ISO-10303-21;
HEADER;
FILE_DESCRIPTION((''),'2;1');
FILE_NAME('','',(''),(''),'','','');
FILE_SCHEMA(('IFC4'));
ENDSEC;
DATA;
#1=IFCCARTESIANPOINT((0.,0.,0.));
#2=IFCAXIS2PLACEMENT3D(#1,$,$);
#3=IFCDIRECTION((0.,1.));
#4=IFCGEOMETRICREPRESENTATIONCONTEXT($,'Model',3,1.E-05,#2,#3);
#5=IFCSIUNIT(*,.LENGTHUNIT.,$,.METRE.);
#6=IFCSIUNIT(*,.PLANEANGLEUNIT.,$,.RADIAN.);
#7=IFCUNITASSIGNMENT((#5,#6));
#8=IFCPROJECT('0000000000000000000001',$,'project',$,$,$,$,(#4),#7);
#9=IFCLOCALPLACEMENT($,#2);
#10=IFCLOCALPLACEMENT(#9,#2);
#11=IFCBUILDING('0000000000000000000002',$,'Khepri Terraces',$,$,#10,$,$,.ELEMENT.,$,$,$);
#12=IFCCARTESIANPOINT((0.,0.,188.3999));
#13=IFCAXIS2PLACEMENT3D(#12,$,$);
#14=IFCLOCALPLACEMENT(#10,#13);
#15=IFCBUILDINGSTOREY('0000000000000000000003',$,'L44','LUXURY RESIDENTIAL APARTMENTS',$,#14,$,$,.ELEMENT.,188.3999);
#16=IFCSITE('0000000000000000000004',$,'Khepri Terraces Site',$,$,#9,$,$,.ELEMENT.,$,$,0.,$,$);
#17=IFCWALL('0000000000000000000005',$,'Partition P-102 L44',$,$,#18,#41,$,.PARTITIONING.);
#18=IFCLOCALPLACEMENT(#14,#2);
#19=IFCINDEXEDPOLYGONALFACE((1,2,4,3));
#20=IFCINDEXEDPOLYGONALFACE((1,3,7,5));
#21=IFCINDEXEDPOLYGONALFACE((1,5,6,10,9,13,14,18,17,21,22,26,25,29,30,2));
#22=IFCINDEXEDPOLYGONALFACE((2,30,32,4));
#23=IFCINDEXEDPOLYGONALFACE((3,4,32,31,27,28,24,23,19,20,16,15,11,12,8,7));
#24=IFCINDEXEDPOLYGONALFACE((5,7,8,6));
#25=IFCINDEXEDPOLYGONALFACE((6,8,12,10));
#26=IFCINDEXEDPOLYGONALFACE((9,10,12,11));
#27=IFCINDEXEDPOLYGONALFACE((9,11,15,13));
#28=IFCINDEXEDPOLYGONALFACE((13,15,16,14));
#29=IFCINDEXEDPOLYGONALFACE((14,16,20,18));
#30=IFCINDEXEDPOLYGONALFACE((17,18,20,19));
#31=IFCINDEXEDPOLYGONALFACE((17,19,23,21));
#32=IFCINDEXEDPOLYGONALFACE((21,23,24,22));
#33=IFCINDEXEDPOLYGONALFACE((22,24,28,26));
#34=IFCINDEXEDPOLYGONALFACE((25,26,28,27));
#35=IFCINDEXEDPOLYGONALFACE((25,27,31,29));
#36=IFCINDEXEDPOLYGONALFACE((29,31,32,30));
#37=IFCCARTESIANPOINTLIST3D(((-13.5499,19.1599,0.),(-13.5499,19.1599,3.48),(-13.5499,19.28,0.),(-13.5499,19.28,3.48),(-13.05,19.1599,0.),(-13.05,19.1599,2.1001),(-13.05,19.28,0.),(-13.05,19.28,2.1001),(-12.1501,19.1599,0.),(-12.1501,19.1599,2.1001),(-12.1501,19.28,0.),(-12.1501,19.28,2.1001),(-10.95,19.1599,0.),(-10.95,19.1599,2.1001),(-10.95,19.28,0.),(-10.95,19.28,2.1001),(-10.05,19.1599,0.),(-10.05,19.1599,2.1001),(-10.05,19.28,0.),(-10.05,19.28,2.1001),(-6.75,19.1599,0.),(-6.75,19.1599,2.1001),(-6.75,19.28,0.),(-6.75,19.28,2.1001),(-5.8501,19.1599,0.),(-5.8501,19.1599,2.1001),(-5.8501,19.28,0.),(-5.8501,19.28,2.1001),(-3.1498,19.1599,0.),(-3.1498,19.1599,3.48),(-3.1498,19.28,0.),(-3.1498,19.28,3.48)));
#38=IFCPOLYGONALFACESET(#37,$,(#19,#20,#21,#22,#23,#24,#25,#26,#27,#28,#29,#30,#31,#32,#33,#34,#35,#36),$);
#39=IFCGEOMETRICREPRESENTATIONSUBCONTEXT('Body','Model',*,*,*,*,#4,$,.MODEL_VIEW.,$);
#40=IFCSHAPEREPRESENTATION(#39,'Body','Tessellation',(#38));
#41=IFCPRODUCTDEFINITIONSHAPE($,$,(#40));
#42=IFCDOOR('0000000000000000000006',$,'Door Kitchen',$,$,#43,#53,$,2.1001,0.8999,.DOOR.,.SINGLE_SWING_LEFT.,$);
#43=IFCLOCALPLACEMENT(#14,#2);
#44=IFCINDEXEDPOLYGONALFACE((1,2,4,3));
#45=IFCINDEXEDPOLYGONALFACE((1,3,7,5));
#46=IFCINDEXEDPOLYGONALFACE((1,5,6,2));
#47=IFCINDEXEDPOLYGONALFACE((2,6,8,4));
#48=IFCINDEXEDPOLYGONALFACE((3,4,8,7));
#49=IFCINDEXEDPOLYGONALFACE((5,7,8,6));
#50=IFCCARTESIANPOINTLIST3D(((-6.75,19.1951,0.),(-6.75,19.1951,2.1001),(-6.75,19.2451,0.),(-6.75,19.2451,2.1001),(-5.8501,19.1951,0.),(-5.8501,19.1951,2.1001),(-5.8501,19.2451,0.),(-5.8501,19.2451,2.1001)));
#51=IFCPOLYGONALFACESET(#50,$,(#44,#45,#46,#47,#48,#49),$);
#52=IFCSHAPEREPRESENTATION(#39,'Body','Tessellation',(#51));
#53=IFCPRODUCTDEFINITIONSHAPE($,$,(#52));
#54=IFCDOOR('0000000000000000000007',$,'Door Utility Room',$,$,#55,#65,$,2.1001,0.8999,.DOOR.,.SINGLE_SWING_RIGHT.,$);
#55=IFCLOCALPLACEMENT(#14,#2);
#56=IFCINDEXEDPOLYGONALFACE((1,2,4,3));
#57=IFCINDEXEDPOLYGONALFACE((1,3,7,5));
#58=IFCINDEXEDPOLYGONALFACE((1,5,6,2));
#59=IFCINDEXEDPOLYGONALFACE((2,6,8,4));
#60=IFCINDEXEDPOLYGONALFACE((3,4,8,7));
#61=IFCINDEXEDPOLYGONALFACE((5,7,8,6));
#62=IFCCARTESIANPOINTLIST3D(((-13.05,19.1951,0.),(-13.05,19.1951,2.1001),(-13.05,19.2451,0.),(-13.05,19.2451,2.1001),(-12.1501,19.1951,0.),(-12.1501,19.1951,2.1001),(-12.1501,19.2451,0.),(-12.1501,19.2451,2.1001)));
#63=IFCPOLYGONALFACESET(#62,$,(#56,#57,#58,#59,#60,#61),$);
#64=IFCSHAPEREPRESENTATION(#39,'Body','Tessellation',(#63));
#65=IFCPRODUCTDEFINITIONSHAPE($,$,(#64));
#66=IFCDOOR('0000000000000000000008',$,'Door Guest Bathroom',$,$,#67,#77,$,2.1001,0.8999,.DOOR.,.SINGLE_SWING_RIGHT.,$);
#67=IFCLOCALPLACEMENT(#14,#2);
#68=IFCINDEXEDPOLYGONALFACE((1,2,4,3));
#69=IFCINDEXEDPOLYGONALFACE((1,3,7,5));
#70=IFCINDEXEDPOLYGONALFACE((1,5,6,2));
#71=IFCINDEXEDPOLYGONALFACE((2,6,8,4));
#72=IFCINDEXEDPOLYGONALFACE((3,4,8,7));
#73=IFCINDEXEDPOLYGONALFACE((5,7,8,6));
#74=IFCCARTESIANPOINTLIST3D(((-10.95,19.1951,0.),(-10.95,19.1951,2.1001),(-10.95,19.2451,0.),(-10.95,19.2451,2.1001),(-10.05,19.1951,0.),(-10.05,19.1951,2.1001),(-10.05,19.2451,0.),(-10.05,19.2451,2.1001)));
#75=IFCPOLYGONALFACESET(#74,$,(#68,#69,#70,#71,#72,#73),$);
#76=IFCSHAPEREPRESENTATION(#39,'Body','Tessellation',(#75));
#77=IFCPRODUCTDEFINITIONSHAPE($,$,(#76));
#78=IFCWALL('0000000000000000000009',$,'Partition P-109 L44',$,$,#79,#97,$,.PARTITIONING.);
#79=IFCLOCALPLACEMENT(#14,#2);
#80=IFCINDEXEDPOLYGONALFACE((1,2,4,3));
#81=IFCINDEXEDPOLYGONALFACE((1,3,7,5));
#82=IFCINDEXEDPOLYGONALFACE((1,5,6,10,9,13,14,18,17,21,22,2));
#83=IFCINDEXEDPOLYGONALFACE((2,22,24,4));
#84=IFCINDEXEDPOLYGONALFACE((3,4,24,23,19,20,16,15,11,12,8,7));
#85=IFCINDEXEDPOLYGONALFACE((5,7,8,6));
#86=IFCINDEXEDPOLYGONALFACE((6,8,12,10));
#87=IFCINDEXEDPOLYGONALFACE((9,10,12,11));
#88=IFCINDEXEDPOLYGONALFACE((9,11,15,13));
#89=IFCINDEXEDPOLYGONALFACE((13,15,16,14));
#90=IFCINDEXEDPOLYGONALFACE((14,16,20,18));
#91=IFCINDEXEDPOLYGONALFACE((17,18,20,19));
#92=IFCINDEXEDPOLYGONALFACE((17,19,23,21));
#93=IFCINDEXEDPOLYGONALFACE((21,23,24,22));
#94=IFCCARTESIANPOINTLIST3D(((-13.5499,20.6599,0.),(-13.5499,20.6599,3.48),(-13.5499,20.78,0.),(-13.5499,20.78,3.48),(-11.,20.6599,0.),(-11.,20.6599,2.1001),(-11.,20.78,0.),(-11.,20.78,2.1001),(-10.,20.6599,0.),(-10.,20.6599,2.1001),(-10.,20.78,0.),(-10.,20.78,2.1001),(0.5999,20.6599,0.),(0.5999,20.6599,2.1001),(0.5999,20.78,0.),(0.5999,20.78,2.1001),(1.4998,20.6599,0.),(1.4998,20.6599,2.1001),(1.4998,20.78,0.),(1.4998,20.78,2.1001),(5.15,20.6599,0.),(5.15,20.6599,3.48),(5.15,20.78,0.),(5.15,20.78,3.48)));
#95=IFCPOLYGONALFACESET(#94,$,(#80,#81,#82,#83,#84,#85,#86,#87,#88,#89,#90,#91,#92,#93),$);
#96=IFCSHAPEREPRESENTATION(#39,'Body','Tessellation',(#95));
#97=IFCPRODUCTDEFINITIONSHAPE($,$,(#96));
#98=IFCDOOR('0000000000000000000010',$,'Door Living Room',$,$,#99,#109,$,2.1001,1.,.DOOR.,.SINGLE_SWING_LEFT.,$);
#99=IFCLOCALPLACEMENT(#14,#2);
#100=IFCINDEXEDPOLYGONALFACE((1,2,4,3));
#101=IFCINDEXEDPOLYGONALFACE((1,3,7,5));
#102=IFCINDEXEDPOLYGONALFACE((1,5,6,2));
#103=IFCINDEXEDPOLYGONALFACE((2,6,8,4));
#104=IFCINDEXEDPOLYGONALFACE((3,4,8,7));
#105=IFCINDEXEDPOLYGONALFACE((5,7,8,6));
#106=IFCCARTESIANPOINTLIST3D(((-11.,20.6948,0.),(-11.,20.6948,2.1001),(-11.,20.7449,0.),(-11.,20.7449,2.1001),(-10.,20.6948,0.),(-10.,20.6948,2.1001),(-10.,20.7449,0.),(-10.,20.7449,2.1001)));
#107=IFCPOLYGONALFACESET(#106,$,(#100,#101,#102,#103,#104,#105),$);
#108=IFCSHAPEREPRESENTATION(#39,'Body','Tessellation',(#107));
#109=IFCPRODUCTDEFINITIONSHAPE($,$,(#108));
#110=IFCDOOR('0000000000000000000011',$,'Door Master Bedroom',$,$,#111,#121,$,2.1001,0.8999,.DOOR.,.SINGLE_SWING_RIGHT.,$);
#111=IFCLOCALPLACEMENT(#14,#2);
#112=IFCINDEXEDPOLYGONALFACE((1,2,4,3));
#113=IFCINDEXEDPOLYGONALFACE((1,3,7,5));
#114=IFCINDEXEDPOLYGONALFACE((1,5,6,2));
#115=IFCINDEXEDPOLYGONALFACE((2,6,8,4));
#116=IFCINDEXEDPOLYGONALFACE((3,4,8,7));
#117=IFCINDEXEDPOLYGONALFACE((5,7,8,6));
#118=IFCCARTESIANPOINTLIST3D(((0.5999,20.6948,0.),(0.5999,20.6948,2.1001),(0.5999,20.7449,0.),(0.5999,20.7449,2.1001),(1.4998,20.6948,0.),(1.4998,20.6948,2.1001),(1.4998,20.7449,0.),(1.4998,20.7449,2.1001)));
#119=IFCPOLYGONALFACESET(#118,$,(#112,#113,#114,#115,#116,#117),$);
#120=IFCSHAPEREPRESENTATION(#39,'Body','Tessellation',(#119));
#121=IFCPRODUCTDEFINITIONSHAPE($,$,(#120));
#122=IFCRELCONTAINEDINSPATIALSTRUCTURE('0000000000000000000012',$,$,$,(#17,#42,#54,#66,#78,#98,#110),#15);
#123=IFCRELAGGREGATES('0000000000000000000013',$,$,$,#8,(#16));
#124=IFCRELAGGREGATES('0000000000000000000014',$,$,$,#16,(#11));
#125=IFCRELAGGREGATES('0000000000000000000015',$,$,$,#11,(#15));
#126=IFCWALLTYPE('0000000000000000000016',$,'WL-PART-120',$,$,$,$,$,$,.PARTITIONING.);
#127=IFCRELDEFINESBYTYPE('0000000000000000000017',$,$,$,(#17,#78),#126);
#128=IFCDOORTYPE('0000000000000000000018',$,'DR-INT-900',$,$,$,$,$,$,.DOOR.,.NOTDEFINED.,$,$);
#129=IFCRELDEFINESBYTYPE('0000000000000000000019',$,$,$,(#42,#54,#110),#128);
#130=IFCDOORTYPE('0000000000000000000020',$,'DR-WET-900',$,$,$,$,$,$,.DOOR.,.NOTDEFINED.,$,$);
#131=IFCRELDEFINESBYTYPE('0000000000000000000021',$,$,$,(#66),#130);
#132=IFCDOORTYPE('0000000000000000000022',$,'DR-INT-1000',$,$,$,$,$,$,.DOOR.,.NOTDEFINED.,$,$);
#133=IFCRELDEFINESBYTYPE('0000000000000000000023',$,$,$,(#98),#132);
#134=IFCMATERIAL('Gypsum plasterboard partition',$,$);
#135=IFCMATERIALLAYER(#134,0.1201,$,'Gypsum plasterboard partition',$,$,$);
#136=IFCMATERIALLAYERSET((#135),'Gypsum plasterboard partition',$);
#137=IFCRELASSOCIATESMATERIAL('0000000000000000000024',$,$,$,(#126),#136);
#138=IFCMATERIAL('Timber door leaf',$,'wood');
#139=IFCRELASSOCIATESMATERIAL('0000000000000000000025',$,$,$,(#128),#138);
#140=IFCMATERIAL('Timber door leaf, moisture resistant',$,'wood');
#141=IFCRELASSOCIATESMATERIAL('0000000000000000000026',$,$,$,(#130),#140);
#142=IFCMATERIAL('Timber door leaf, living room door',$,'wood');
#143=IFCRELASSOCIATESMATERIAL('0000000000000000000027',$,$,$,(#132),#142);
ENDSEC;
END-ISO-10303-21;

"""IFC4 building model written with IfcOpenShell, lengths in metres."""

from ifc_helpers import new_model, si_unit, direction, frame, frame_2d, origin, place, context, subcontext, project, spatial, rectangle, extrude, material, layer, layer_set, type_object, element, fill, save


model = new_model("IFC4")

# Units and contexts
model_context = context("Model", 3, precision=1e-05, world=origin(), true_north=direction((0.0, 1.0)))
body_context = subcontext(model_context, "Body", "Model", "MODEL_VIEW")
ifc_project = project(units=[si_unit("LENGTHUNIT", "METRE"), si_unit("PLANEANGLEUNIT", "RADIAN")], contexts=[model_context])

# Site, building, storey
site_placement = place(None, origin())
site = spatial("IfcSite", under=ifc_project, at=site_placement, Name="Khepri Terraces Site", CompositionType="ELEMENT", RefElevation=0.0)
building_placement = place(site_placement, origin())
building = spatial("IfcBuilding", under=site, at=building_placement, Name="Khepri Terraces", CompositionType="ELEMENT")
storey_placement = place(building_placement, frame((0.0, 0.0, 188.3999)))
storey = spatial("IfcBuildingStorey", under=building, at=storey_placement, Name="L44", Description="LUXURY RESIDENTIAL APARTMENTS", CompositionType="ELEMENT", Elevation=188.3999)

# Shared definitions
ifc_material_1 = material(Name="Gypsum plasterboard partition")
ifc_layer_1 = layer(ifc_material_1, 0.1201, Name="Gypsum plasterboard partition")
ifc_layer_set_1 = layer_set([ifc_layer_1], Name="Gypsum plasterboard partition")
wall_type_1 = type_object("IfcWallType", Name="WL-PART-120", PredefinedType="PARTITIONING", material=ifc_layer_set_1)

# Walls, openings, doors
wall_1_placement = place(storey_placement, frame((-13.55, 19.22, 0.0), z_axis=(0.0, 0.0, 1.0), x_axis=(1.0, 0.0, 0.0)))
wall_1 = element("IfcWall", 1, at=wall_1_placement, inside=storey, type_object=wall_type_1, Name="Partition P-102 L44", PredefinedType="PARTITIONING", context=body_context, shape_type="SweptSolid", body=[
    extrude(rectangle(XDim=10.4001, YDim=0.1201, at=frame_2d((5.2002, 0.0))), origin(), (0.0, 0.0, 1.0), 3.48),
])
opening_1_placement = place(wall_1_placement, frame((6.8, 0.0, 0.0)))
opening_1 = element("IfcOpeningElement", 2, at=opening_1_placement, cuts=wall_1, PredefinedType="OPENING", context=body_context, shape_type="SweptSolid", body=[
    extrude(rectangle(XDim=0.8999, YDim=2.1001, at=frame_2d((0.45, 1.05))), frame((0.0, 0.0701, 0.0), z_axis=(0.0, -1.0, 0.0), x_axis=(1.0, 0.0, 0.0)), (0.0, 0.0, 1.0), 0.1401),
])
opening_2_placement = place(wall_1_placement, frame((2.6001, 0.0, 0.0)))
opening_2 = element("IfcOpeningElement", 3, at=opening_2_placement, cuts=wall_1, PredefinedType="OPENING", context=body_context, shape_type="SweptSolid", body=[
    extrude(rectangle(XDim=0.8999, YDim=2.1001, at=frame_2d((0.45, 1.05))), frame((0.0, 0.0701, 0.0), z_axis=(0.0, -1.0, 0.0), x_axis=(1.0, 0.0, 0.0)), (0.0, 0.0, 1.0), 0.1401),
])
opening_3_placement = place(wall_1_placement, frame((0.5, 0.0, 0.0)))
opening_3 = element("IfcOpeningElement", 4, at=opening_3_placement, cuts=wall_1, PredefinedType="OPENING", context=body_context, shape_type="SweptSolid", body=[
    extrude(rectangle(XDim=0.8999, YDim=2.1001, at=frame_2d((0.45, 1.05))), frame((0.0, 0.0701, 0.0), z_axis=(0.0, -1.0, 0.0), x_axis=(1.0, 0.0, 0.0)), (0.0, 0.0, 1.0), 0.1401),
])
ifc_material_2 = material(Name="Timber door leaf", Category="wood")
door_type_1 = type_object("IfcDoorType", Name="DR-INT-900", OperationType="NOTDEFINED", PredefinedType="DOOR", material=ifc_material_2)
door_1_placement = place(opening_1_placement, frame((0.8999, 0.0, 0.0), z_axis=(0.0, 0.0, 1.0), x_axis=(-1.0, 0.0, 0.0)))
door_1 = element("IfcDoor", 5, at=door_1_placement, inside=storey, type_object=door_type_1, Name="Door Kitchen", OperationType="SINGLE_SWING_LEFT", OverallHeight=2.1001, OverallWidth=0.8999, PredefinedType="DOOR", context=body_context, shape_type="SweptSolid", body=[
    extrude(rectangle(XDim=0.8999, YDim=2.1001, at=frame_2d((0.45, 1.05))), frame((0.0, 0.0249, 0.0), z_axis=(0.0, -1.0, 0.0), x_axis=(1.0, 0.0, 0.0)), (0.0, 0.0, 1.0), 0.05),
])
fill(opening_1, door_1)
door_2_placement = place(opening_3_placement, frame((0.8999, 0.0, 0.0), z_axis=(0.0, 0.0, 1.0), x_axis=(-1.0, 0.0, 0.0)))
door_2 = element("IfcDoor", 6, at=door_2_placement, inside=storey, type_object=door_type_1, Name="Door Utility Room", OperationType="SINGLE_SWING_RIGHT", OverallHeight=2.1001, OverallWidth=0.8999, PredefinedType="DOOR", context=body_context, shape_type="SweptSolid", body=[
    extrude(rectangle(XDim=0.8999, YDim=2.1001, at=frame_2d((0.45, 1.05))), frame((0.0, 0.0249, 0.0), z_axis=(0.0, -1.0, 0.0), x_axis=(1.0, 0.0, 0.0)), (0.0, 0.0, 1.0), 0.05),
])
fill(opening_3, door_2)
ifc_material_3 = material(Name="Timber door leaf, moisture resistant", Category="wood")
door_type_2 = type_object("IfcDoorType", Name="DR-WET-900", OperationType="NOTDEFINED", PredefinedType="DOOR", material=ifc_material_3)
door_3_placement = place(opening_2_placement, frame((0.8999, 0.0, 0.0), z_axis=(0.0, 0.0, 1.0), x_axis=(-1.0, 0.0, 0.0)))
door_3 = element("IfcDoor", 7, at=door_3_placement, inside=storey, type_object=door_type_2, Name="Door Guest Bathroom", OperationType="SINGLE_SWING_RIGHT", OverallHeight=2.1001, OverallWidth=0.8999, PredefinedType="DOOR", context=body_context, shape_type="SweptSolid", body=[
    extrude(rectangle(XDim=0.8999, YDim=2.1001, at=frame_2d((0.45, 1.05))), frame((0.0, 0.0249, 0.0), z_axis=(0.0, -1.0, 0.0), x_axis=(1.0, 0.0, 0.0)), (0.0, 0.0, 1.0), 0.05),
])
fill(opening_2, door_3)
wall_2_placement = place(storey_placement, frame((-13.55, 20.72, 0.0), z_axis=(0.0, 0.0, 1.0), x_axis=(1.0, 0.0, 0.0)))
wall_2 = element("IfcWall", 8, at=wall_2_placement, inside=storey, type_object=wall_type_1, Name="Partition P-109 L44", PredefinedType="PARTITIONING", context=body_context, shape_type="SweptSolid", body=[
    extrude(rectangle(XDim=18.7, YDim=0.1201, at=frame_2d((9.3501, 0.0))), origin(), (0.0, 0.0, 1.0), 3.48),
])
opening_4_placement = place(wall_2_placement, frame((14.1499, 0.0, 0.0)))
opening_4 = element("IfcOpeningElement", 9, at=opening_4_placement, cuts=wall_2, PredefinedType="OPENING", context=body_context, shape_type="SweptSolid", body=[
    extrude(rectangle(XDim=0.8999, YDim=2.1001, at=frame_2d((0.45, 1.05))), frame((0.0, 0.0701, 0.0), z_axis=(0.0, -1.0, 0.0), x_axis=(1.0, 0.0, 0.0)), (0.0, 0.0, 1.0), 0.1401),
])
opening_5_placement = place(wall_2_placement, frame((2.55, 0.0, 0.0)))
opening_5 = element("IfcOpeningElement", 10, at=opening_5_placement, cuts=wall_2, PredefinedType="OPENING", context=body_context, shape_type="SweptSolid", body=[
    extrude(rectangle(XDim=1.0, YDim=2.1001, at=frame_2d((0.5, 1.05))), frame((0.0, 0.0701, 0.0), z_axis=(0.0, -1.0, 0.0), x_axis=(1.0, 0.0, 0.0)), (0.0, 0.0, 1.0), 0.1401),
])
ifc_material_4 = material(Name="Timber door leaf, living room door", Category="wood")
door_type_3 = type_object("IfcDoorType", Name="DR-INT-1000", OperationType="NOTDEFINED", PredefinedType="DOOR", material=ifc_material_4)
door_4_placement = place(opening_5_placement, origin())
door_4 = element("IfcDoor", 11, at=door_4_placement, inside=storey, type_object=door_type_3, Name="Door Living Room", OperationType="SINGLE_SWING_LEFT", OverallHeight=2.1001, OverallWidth=1.0, PredefinedType="DOOR", context=body_context, shape_type="SweptSolid", body=[
    extrude(rectangle(XDim=1.0, YDim=2.1001, at=frame_2d((0.5, 1.05))), frame((0.0, 0.0249, 0.0), z_axis=(0.0, -1.0, 0.0), x_axis=(1.0, 0.0, 0.0)), (0.0, 0.0, 1.0), 0.05),
])
fill(opening_5, door_4)
door_5_placement = place(opening_4_placement, origin())
door_5 = element("IfcDoor", 12, at=door_5_placement, inside=storey, type_object=door_type_1, Name="Door Master Bedroom", OperationType="SINGLE_SWING_RIGHT", OverallHeight=2.1001, OverallWidth=0.8999, PredefinedType="DOOR", context=body_context, shape_type="SweptSolid", body=[
    extrude(rectangle(XDim=0.8999, YDim=2.1001, at=frame_2d((0.45, 1.05))), frame((0.0, 0.0249, 0.0), z_axis=(0.0, -1.0, 0.0), x_axis=(1.0, 0.0, 0.0)), (0.0, 0.0, 1.0), 0.05),
])
fill(opening_4, door_5)

save(model, "model.ifc")
